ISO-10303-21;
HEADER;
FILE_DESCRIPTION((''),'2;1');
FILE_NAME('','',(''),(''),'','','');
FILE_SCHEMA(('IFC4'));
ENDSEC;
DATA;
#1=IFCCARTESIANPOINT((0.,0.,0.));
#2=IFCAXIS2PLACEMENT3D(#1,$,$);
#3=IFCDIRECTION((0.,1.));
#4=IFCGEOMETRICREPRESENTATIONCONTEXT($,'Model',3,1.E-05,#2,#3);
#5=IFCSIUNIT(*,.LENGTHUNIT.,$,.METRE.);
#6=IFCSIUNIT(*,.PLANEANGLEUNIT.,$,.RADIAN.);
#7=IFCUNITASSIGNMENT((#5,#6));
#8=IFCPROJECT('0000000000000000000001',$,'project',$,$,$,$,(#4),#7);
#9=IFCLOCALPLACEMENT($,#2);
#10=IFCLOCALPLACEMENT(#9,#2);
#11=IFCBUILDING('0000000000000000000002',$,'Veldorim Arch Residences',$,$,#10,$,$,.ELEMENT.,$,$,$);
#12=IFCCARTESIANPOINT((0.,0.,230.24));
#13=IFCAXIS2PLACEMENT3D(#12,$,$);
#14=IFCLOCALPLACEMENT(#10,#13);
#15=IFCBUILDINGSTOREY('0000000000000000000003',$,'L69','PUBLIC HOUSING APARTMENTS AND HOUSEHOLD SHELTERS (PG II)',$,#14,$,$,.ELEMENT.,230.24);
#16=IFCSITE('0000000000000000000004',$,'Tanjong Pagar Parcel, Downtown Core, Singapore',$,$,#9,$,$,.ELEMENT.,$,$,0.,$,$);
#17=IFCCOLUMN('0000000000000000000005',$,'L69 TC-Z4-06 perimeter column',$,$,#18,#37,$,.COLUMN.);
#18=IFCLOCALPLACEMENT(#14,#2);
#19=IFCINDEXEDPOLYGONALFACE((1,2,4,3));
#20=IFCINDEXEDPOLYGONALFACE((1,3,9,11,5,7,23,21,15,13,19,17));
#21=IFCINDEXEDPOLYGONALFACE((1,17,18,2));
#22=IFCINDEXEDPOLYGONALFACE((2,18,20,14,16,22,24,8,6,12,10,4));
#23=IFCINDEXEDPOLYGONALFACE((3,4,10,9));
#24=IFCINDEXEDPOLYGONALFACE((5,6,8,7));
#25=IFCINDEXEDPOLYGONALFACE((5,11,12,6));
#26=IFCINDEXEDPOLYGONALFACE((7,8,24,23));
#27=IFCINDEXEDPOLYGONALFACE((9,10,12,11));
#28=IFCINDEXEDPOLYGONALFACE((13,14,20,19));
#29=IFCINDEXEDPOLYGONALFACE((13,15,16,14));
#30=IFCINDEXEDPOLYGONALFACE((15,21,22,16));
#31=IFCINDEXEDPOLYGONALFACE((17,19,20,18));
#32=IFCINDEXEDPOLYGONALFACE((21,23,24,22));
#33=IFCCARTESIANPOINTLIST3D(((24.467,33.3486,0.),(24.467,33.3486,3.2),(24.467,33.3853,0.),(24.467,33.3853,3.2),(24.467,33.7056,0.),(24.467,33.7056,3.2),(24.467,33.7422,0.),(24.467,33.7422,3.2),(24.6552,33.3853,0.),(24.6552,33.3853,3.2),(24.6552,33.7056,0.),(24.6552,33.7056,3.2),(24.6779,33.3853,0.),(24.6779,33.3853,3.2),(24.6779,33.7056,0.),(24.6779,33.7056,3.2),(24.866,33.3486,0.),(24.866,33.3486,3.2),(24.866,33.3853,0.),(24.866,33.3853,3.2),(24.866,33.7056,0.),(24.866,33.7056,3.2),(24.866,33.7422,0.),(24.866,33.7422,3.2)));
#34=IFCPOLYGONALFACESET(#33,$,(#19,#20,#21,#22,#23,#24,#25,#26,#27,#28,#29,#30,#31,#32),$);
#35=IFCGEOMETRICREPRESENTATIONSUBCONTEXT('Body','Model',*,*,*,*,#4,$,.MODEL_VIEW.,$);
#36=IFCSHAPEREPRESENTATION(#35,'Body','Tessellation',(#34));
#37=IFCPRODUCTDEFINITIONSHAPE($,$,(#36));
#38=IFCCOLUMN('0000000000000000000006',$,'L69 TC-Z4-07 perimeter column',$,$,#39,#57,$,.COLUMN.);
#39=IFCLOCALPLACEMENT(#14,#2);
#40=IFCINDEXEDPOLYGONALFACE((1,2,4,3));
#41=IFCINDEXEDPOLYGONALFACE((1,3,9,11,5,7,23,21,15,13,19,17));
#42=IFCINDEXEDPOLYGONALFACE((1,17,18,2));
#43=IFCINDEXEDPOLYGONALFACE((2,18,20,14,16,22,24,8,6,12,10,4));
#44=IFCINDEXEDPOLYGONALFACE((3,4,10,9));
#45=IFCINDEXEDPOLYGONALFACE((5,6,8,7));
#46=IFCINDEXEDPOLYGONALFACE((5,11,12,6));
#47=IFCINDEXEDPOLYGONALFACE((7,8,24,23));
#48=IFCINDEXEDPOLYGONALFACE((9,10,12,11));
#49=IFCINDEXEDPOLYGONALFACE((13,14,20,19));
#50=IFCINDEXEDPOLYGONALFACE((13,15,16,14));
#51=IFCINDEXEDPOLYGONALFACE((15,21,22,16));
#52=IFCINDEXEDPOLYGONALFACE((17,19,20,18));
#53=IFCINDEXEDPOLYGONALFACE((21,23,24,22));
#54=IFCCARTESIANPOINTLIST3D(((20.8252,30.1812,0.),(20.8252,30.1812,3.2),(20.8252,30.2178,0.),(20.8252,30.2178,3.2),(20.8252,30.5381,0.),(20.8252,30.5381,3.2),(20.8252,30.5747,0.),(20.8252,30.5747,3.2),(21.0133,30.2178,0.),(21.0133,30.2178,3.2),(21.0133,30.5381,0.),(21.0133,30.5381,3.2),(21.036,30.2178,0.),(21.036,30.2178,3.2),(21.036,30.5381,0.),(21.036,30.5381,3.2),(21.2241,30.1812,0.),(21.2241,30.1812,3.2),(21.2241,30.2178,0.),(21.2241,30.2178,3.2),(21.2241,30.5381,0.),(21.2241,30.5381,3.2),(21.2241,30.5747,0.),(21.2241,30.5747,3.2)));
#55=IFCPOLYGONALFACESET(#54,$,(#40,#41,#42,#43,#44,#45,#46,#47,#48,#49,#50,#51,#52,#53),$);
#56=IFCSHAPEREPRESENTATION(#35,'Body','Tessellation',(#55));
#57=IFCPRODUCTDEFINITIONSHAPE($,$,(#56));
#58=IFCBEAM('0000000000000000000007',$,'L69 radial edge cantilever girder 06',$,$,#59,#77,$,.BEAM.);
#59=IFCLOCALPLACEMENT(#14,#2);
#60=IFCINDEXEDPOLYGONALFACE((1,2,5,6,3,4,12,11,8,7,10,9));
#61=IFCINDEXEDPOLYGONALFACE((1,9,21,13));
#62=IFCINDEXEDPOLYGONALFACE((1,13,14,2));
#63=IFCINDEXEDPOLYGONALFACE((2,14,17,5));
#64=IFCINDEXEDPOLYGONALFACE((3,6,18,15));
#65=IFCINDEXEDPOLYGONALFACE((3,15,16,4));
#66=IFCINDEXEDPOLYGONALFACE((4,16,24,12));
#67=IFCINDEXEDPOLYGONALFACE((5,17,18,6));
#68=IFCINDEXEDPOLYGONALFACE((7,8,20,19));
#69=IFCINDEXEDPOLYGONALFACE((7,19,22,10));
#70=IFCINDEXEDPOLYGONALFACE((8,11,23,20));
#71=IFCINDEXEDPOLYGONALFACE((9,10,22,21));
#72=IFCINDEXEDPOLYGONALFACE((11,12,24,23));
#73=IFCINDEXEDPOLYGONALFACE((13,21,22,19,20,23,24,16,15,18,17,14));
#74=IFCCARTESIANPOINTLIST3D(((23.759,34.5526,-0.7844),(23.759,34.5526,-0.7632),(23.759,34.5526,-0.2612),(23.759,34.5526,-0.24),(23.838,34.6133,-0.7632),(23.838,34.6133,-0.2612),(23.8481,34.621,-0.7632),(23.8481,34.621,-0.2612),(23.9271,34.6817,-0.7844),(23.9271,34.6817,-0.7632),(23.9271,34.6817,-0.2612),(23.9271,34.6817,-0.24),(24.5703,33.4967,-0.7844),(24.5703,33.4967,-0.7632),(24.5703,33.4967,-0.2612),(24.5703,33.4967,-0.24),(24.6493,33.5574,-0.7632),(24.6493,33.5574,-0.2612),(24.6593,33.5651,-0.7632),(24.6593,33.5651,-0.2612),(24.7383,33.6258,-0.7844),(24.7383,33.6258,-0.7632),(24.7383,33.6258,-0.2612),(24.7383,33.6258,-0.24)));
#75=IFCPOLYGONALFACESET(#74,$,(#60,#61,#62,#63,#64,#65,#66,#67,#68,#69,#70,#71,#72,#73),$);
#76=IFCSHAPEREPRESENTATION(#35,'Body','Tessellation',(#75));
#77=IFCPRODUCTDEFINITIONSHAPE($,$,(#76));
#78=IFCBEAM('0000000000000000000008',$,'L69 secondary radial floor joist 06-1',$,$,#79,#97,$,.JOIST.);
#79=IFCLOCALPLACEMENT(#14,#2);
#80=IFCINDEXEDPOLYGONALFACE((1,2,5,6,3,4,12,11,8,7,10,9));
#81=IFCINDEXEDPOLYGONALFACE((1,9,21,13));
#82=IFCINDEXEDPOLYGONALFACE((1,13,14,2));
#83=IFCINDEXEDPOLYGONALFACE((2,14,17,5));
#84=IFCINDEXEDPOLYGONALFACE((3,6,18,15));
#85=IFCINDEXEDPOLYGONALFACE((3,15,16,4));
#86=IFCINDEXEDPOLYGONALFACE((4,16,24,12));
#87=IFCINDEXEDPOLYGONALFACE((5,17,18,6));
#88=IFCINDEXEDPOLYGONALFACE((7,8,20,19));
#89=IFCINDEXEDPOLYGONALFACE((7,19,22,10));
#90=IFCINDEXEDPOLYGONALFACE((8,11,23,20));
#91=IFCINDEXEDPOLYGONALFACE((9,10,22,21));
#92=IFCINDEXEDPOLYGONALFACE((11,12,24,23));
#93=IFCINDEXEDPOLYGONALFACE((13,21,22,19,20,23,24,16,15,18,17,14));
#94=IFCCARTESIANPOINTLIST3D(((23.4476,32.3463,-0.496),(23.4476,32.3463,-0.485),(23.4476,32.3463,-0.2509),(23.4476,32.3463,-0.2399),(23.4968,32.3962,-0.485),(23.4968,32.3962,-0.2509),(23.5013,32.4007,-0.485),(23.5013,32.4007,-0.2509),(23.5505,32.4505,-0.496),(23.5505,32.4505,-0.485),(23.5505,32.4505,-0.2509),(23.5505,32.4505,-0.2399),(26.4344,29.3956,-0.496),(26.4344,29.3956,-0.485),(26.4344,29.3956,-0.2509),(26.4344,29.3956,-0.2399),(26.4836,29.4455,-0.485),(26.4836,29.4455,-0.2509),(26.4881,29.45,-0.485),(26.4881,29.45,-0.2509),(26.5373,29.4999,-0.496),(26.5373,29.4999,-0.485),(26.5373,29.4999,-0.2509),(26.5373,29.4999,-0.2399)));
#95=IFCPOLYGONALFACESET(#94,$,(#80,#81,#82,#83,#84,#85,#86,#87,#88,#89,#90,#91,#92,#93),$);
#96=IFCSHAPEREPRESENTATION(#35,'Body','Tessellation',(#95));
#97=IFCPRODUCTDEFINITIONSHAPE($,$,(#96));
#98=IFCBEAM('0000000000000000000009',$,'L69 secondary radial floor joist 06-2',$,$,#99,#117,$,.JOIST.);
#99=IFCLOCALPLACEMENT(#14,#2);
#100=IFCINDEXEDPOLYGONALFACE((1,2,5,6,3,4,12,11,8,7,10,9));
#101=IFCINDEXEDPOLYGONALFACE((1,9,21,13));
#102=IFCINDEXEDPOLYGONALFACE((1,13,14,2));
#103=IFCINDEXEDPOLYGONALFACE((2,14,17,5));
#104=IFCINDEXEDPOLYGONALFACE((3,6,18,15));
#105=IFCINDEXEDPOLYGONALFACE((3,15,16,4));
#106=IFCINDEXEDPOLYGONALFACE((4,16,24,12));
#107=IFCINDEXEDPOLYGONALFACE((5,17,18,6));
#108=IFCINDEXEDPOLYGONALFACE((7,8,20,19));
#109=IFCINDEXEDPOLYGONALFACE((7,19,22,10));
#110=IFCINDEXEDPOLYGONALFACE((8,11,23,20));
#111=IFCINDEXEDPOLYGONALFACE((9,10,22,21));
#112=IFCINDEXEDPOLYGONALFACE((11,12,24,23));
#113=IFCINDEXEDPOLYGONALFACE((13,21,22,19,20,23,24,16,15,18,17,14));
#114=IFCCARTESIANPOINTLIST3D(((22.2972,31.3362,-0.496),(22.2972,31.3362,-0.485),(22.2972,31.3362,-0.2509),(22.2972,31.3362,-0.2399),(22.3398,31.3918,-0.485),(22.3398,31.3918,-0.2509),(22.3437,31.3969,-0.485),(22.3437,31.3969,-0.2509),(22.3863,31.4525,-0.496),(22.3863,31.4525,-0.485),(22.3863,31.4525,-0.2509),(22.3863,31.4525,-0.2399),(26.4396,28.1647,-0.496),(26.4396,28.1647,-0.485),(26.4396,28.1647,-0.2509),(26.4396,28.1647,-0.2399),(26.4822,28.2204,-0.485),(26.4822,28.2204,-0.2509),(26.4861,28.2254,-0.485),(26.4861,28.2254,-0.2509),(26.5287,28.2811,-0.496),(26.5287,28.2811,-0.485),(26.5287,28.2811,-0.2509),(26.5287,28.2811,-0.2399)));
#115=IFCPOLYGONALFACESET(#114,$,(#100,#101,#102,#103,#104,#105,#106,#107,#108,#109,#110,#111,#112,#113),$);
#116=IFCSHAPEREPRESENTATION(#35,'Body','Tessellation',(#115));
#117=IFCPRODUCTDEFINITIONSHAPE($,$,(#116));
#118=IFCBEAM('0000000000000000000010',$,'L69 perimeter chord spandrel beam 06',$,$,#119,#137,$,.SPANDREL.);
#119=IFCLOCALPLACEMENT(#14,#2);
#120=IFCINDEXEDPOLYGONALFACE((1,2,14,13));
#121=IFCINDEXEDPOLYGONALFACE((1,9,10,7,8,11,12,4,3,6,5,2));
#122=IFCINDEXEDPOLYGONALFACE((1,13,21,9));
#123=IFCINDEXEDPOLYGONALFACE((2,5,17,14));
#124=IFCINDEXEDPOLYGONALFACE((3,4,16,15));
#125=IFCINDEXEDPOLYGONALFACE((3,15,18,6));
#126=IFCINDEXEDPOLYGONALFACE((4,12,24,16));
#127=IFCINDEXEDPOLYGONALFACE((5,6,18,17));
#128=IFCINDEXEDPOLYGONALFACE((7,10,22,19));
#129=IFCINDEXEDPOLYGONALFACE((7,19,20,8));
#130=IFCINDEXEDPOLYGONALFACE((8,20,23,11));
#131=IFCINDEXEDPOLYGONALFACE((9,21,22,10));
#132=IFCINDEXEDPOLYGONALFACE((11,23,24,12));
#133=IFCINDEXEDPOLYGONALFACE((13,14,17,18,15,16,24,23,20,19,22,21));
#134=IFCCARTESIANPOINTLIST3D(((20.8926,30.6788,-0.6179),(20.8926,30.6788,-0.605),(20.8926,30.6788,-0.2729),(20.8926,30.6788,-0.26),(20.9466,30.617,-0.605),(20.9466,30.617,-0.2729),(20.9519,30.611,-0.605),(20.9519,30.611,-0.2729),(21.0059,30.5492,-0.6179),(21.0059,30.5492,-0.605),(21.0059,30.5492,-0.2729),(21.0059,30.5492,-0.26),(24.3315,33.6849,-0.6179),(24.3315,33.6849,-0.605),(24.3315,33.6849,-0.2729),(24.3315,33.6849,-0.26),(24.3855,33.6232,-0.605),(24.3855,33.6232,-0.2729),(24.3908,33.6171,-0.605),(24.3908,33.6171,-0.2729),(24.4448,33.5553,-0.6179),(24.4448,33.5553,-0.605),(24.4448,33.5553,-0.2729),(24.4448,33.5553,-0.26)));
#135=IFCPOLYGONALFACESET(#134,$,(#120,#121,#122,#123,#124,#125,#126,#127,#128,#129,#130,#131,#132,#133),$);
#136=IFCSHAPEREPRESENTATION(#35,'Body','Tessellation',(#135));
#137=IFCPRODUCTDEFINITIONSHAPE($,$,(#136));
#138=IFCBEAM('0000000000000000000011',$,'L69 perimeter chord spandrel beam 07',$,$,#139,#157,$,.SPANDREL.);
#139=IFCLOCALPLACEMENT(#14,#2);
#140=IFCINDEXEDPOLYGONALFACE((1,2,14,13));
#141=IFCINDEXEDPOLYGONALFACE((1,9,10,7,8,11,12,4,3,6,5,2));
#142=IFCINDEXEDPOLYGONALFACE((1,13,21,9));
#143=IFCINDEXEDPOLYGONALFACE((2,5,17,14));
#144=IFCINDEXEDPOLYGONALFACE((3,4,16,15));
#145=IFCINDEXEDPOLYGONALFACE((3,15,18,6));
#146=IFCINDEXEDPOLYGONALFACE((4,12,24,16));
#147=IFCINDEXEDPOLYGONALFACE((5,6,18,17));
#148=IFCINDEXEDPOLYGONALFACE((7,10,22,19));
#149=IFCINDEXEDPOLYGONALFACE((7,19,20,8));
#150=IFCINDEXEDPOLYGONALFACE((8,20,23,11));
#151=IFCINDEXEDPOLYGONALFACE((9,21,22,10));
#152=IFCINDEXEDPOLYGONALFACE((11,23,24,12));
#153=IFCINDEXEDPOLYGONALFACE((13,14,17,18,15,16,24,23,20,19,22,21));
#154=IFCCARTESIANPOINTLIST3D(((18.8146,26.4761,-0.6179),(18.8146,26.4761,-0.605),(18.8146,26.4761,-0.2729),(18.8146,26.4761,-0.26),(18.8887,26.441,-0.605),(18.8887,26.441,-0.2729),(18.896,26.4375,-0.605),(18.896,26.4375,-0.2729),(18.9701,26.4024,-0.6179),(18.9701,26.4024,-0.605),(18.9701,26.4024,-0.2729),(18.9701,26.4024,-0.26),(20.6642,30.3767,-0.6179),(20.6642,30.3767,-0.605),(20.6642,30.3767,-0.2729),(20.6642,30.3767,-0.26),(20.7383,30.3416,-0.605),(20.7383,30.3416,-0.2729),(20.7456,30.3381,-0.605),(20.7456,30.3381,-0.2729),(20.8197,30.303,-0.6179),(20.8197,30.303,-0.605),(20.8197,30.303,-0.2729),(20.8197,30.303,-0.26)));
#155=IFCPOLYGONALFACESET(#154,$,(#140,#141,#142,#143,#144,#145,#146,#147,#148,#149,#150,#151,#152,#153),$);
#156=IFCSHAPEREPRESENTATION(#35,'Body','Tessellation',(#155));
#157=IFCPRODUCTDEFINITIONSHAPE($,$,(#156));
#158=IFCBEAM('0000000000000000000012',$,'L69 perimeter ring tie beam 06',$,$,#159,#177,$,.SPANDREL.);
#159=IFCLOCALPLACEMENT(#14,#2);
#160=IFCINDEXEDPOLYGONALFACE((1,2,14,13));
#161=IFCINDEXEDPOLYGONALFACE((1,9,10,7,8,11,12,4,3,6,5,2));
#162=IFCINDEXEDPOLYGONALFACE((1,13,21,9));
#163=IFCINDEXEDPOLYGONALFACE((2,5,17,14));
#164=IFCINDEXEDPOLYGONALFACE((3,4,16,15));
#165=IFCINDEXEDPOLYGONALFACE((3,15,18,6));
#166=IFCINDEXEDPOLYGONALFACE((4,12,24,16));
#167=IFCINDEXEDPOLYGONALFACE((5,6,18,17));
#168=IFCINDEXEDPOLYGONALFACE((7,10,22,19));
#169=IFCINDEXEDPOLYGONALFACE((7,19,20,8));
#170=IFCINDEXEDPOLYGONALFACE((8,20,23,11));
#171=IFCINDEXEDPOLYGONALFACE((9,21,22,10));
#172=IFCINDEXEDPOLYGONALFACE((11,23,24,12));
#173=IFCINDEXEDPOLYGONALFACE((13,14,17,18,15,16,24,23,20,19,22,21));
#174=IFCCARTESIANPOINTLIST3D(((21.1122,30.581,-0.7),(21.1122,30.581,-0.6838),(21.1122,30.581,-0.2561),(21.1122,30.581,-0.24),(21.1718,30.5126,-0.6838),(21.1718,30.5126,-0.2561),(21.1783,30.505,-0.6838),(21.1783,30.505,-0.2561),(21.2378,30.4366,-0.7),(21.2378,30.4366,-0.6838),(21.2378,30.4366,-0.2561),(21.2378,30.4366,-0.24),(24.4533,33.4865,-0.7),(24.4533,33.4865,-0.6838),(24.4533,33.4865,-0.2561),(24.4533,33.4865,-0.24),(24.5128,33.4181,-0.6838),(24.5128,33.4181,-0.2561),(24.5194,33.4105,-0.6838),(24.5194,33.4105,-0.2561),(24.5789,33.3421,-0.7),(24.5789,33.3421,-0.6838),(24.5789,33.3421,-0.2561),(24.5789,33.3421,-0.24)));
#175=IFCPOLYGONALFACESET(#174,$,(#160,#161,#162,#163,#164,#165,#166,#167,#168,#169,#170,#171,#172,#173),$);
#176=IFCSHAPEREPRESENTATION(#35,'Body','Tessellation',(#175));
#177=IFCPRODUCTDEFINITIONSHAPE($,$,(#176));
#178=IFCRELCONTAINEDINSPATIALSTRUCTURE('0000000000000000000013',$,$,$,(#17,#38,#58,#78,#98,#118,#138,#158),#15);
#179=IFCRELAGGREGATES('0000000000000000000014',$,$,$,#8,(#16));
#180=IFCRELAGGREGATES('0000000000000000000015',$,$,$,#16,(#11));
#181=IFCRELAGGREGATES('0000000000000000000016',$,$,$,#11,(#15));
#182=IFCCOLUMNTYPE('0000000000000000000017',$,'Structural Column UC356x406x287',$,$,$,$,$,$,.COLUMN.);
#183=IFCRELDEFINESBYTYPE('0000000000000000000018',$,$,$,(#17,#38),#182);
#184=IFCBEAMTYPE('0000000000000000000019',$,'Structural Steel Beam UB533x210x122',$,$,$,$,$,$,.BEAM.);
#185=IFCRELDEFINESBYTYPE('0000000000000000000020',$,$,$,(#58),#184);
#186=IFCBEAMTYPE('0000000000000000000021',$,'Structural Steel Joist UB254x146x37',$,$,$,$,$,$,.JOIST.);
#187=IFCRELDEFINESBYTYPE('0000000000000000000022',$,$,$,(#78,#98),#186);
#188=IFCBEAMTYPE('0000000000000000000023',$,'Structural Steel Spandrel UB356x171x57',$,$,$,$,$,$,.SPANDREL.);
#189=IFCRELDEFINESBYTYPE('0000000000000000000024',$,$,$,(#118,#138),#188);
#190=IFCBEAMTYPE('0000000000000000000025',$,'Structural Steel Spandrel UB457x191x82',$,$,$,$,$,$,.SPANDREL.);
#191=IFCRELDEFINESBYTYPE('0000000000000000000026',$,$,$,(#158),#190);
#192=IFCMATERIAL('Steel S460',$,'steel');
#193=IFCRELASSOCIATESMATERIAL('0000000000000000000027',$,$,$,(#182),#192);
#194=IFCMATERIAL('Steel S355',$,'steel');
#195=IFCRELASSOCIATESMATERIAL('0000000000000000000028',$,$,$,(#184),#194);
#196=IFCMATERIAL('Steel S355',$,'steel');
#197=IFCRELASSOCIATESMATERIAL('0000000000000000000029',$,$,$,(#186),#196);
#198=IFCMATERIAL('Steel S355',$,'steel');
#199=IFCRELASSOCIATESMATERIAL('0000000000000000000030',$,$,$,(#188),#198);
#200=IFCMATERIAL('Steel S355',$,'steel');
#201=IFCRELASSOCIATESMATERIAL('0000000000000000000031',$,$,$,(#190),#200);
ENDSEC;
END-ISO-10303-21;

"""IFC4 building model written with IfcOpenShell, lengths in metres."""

from ifc_helpers import new_model, si_unit, direction, frame, origin, origin_2d, place, context, subcontext, project, spatial, i_section, extrude, material, material_profile, profile_set, type_object, element, save


model = new_model("IFC4")

# Units and contexts
model_context = context("Model", 3, precision=1e-05, world=origin(), true_north=direction((0.0, 1.0)))
body_context = subcontext(model_context, "Body", "Model", "MODEL_VIEW")
ifc_project = project(units=[si_unit("LENGTHUNIT", "METRE"), si_unit("PLANEANGLEUNIT", "RADIAN")], contexts=[model_context])

# Site, building, storey
site_placement = place(None, origin())
site = spatial("IfcSite", under=ifc_project, at=site_placement, Name="Tanjong Pagar Parcel, Downtown Core, Singapore", CompositionType="ELEMENT", RefElevation=0.0)
building_placement = place(site_placement, origin())
building = spatial("IfcBuilding", under=site, at=building_placement, Name="Veldorim Arch Residences", CompositionType="ELEMENT")
storey_placement = place(building_placement, frame((0.0, 0.0, 230.24)))
storey = spatial("IfcBuildingStorey", under=building, at=storey_placement, Name="L69", Description="PUBLIC HOUSING APARTMENTS AND HOUSEHOLD SHELTERS (PG II)", CompositionType="ELEMENT", Elevation=230.24)

# Columns
ifc_material_1 = material(Name="Steel S460", Category="steel")
ifc_material_profile_1 = material_profile(ifc_material_1, i_section(OverallWidth=0.3989, OverallDepth=0.3936, WebThickness=0.0227, FlangeThickness=0.0366, at=origin_2d()), Name="UC356x406x287")
ifc_profile_set_1 = profile_set([ifc_material_profile_1], Name="Steel S460")
column_type = type_object("IfcColumnType", Name="Structural Column UC356x406x287", PredefinedType="COLUMN", material=ifc_profile_set_1)
for number, where, z_axis, x_axis, name in (
    (1, (24.6665, 33.5454, 0.0), (0.0, 0.0, 1.0), (1.0, 0.0, 0.0), "L69 TC-Z4-06 perimeter column"),
    (2, (21.0247, 30.3779, 0.0), (0.0, 0.0, 1.0), (1.0, 0.0, 0.0), "L69 TC-Z4-07 perimeter column"),
):
    element("IfcColumn", number, at=place(storey_placement, frame(where, z_axis=z_axis, x_axis=x_axis)), inside=storey, type_object=column_type, Name=name, PredefinedType="COLUMN", context=body_context, shape_type="SweptSolid", body=[
        extrude(i_section(OverallWidth=0.3989, OverallDepth=0.3936, WebThickness=0.0227, FlangeThickness=0.0366, at=origin_2d()), origin(), (0.0, 0.0, 1.0), 3.2),
    ])

# Beams
ifc_material_2 = material(Name="Steel S355", Category="steel")
ifc_material_profile_2 = material_profile(ifc_material_2, i_section(OverallWidth=0.2119, OverallDepth=0.5444, WebThickness=0.0127, FlangeThickness=0.0212, at=origin_2d()), Name="UB533x210x122")
ifc_profile_set_2 = profile_set([ifc_material_profile_2], Name="Steel S355")
beam_type_1 = type_object("IfcBeamType", Name="Structural Steel Beam UB533x210x122", PredefinedType="BEAM", material=ifc_profile_set_2)
beam_1_placement = place(storey_placement, frame((24.6543, 33.5613, -0.5122), z_axis=(-0.609259, 0.792971, 0.0), x_axis=(-0.792971, -0.609259, 0.0)))
element("IfcBeam", 3, at=beam_1_placement, inside=storey, type_object=beam_type_1, Name="L69 radial edge cantilever girder 06", PredefinedType="BEAM", context=body_context, shape_type="SweptSolid", body=[
    extrude(i_section(OverallWidth=0.2119, OverallDepth=0.5444, WebThickness=0.0127, FlangeThickness=0.0212, at=origin_2d()), origin(), (0.0, 0.0, 1.0), 1.3315),
])
ifc_material_3 = material(Name="Steel S355", Category="steel")
ifc_material_profile_3 = material_profile(ifc_material_3, i_section(OverallWidth=0.1465, OverallDepth=0.2561, WebThickness=0.0063, FlangeThickness=0.011, at=origin_2d()), Name="UB254x146x37")
ifc_profile_set_3 = profile_set([ifc_material_profile_3], Name="Steel S355")
beam_type_2 = type_object("IfcBeamType", Name="Structural Steel Joist UB254x146x37", PredefinedType="JOIST", material=ifc_profile_set_3)
beam_2_placement = place(storey_placement, frame((26.4858, 29.4478, -0.3679), z_axis=(-0.711397, 0.702791, 0.0), x_axis=(-0.702791, -0.711397, 0.0)))
element("IfcBeam", 4, at=beam_2_placement, inside=storey, type_object=beam_type_2, Name="L69 secondary radial floor joist 06-1", PredefinedType="JOIST", context=body_context, shape_type="SweptSolid", body=[
    extrude(i_section(OverallWidth=0.1465, OverallDepth=0.2561, WebThickness=0.0063, FlangeThickness=0.011, at=origin_2d()), origin(), (0.0, 0.0, 1.0), 4.1985),
])
beam_3_placement = place(storey_placement, frame((26.4841, 28.2229, -0.3679), z_axis=(-0.794014, 0.6079, 0.0), x_axis=(-0.6079, -0.794014, 0.0)))
element("IfcBeam", 5, at=beam_3_placement, inside=storey, type_object=beam_type_2, Name="L69 secondary radial floor joist 06-2", PredefinedType="JOIST", context=body_context, shape_type="SweptSolid", body=[
    extrude(i_section(OverallWidth=0.1465, OverallDepth=0.2561, WebThickness=0.0063, FlangeThickness=0.011, at=origin_2d()), origin(), (0.0, 0.0, 1.0), 5.217),
])
ifc_material_4 = material(Name="Steel S355", Category="steel")
ifc_material_profile_4 = material_profile(ifc_material_4, i_section(OverallWidth=0.1721, OverallDepth=0.3579, WebThickness=0.0081, FlangeThickness=0.0129, at=origin_2d()), Name="UB356x171x57")
ifc_profile_set_4 = profile_set([ifc_material_profile_4], Name="Steel S355")
beam_type_3 = type_object("IfcBeamType", Name="Structural Steel Spandrel UB356x171x57", PredefinedType="SPANDREL", material=ifc_profile_set_4)
beam_4_placement = place(storey_placement, frame((24.3882, 33.6201, -0.439), z_axis=(-0.752901, -0.658134, 0.0), x_axis=(0.658134, -0.752901, 0.0)))
element("IfcBeam", 6, at=beam_4_placement, inside=storey, type_object=beam_type_3, Name="L69 perimeter chord spandrel beam 06", PredefinedType="SPANDREL", context=body_context, shape_type="SweptSolid", body=[
    extrude(i_section(OverallWidth=0.1721, OverallDepth=0.3579, WebThickness=0.0081, FlangeThickness=0.0129, at=origin_2d()), origin(), (0.0, 0.0, 1.0), 4.5676),
])
beam_5_placement = place(storey_placement, frame((20.7419, 30.3398, -0.439), z_axis=(-0.428453, -0.903564, 0.0), x_axis=(0.903564, -0.428453, 0.0)))
element("IfcBeam", 7, at=beam_5_placement, inside=storey, type_object=beam_type_3, Name="L69 perimeter chord spandrel beam 07", PredefinedType="SPANDREL", context=body_context, shape_type="SweptSolid", body=[
    extrude(i_section(OverallWidth=0.1721, OverallDepth=0.3579, WebThickness=0.0081, FlangeThickness=0.0129, at=origin_2d()), origin(), (0.0, 0.0, 1.0), 4.3169),
])
ifc_material_5 = material(Name="Steel S355", Category="steel")
ifc_material_profile_5 = material_profile(ifc_material_5, i_section(OverallWidth=0.1914, OverallDepth=0.46, WebThickness=0.01, FlangeThickness=0.0161, at=origin_2d()), Name="UB457x191x82")
ifc_profile_set_5 = profile_set([ifc_material_profile_5], Name="Steel S355")
beam_type_4 = type_object("IfcBeamType", Name="Structural Steel Spandrel UB457x191x82", PredefinedType="SPANDREL", material=ifc_profile_set_5)
beam_6_placement = place(storey_placement, frame((24.5161, 33.4143, -0.47), z_axis=(-0.754578, -0.65621, 0.0), x_axis=(0.65621, -0.754578, 0.0)))
element("IfcBeam", 8, at=beam_6_placement, inside=storey, type_object=beam_type_4, Name="L69 perimeter ring tie beam 06", PredefinedType="SPANDREL", context=body_context, shape_type="SweptSolid", body=[
    extrude(i_section(OverallWidth=0.1914, OverallDepth=0.46, WebThickness=0.01, FlangeThickness=0.0161, at=origin_2d()), origin(), (0.0, 0.0, 1.0), 4.4277),
])

save(model, "model.ifc")
